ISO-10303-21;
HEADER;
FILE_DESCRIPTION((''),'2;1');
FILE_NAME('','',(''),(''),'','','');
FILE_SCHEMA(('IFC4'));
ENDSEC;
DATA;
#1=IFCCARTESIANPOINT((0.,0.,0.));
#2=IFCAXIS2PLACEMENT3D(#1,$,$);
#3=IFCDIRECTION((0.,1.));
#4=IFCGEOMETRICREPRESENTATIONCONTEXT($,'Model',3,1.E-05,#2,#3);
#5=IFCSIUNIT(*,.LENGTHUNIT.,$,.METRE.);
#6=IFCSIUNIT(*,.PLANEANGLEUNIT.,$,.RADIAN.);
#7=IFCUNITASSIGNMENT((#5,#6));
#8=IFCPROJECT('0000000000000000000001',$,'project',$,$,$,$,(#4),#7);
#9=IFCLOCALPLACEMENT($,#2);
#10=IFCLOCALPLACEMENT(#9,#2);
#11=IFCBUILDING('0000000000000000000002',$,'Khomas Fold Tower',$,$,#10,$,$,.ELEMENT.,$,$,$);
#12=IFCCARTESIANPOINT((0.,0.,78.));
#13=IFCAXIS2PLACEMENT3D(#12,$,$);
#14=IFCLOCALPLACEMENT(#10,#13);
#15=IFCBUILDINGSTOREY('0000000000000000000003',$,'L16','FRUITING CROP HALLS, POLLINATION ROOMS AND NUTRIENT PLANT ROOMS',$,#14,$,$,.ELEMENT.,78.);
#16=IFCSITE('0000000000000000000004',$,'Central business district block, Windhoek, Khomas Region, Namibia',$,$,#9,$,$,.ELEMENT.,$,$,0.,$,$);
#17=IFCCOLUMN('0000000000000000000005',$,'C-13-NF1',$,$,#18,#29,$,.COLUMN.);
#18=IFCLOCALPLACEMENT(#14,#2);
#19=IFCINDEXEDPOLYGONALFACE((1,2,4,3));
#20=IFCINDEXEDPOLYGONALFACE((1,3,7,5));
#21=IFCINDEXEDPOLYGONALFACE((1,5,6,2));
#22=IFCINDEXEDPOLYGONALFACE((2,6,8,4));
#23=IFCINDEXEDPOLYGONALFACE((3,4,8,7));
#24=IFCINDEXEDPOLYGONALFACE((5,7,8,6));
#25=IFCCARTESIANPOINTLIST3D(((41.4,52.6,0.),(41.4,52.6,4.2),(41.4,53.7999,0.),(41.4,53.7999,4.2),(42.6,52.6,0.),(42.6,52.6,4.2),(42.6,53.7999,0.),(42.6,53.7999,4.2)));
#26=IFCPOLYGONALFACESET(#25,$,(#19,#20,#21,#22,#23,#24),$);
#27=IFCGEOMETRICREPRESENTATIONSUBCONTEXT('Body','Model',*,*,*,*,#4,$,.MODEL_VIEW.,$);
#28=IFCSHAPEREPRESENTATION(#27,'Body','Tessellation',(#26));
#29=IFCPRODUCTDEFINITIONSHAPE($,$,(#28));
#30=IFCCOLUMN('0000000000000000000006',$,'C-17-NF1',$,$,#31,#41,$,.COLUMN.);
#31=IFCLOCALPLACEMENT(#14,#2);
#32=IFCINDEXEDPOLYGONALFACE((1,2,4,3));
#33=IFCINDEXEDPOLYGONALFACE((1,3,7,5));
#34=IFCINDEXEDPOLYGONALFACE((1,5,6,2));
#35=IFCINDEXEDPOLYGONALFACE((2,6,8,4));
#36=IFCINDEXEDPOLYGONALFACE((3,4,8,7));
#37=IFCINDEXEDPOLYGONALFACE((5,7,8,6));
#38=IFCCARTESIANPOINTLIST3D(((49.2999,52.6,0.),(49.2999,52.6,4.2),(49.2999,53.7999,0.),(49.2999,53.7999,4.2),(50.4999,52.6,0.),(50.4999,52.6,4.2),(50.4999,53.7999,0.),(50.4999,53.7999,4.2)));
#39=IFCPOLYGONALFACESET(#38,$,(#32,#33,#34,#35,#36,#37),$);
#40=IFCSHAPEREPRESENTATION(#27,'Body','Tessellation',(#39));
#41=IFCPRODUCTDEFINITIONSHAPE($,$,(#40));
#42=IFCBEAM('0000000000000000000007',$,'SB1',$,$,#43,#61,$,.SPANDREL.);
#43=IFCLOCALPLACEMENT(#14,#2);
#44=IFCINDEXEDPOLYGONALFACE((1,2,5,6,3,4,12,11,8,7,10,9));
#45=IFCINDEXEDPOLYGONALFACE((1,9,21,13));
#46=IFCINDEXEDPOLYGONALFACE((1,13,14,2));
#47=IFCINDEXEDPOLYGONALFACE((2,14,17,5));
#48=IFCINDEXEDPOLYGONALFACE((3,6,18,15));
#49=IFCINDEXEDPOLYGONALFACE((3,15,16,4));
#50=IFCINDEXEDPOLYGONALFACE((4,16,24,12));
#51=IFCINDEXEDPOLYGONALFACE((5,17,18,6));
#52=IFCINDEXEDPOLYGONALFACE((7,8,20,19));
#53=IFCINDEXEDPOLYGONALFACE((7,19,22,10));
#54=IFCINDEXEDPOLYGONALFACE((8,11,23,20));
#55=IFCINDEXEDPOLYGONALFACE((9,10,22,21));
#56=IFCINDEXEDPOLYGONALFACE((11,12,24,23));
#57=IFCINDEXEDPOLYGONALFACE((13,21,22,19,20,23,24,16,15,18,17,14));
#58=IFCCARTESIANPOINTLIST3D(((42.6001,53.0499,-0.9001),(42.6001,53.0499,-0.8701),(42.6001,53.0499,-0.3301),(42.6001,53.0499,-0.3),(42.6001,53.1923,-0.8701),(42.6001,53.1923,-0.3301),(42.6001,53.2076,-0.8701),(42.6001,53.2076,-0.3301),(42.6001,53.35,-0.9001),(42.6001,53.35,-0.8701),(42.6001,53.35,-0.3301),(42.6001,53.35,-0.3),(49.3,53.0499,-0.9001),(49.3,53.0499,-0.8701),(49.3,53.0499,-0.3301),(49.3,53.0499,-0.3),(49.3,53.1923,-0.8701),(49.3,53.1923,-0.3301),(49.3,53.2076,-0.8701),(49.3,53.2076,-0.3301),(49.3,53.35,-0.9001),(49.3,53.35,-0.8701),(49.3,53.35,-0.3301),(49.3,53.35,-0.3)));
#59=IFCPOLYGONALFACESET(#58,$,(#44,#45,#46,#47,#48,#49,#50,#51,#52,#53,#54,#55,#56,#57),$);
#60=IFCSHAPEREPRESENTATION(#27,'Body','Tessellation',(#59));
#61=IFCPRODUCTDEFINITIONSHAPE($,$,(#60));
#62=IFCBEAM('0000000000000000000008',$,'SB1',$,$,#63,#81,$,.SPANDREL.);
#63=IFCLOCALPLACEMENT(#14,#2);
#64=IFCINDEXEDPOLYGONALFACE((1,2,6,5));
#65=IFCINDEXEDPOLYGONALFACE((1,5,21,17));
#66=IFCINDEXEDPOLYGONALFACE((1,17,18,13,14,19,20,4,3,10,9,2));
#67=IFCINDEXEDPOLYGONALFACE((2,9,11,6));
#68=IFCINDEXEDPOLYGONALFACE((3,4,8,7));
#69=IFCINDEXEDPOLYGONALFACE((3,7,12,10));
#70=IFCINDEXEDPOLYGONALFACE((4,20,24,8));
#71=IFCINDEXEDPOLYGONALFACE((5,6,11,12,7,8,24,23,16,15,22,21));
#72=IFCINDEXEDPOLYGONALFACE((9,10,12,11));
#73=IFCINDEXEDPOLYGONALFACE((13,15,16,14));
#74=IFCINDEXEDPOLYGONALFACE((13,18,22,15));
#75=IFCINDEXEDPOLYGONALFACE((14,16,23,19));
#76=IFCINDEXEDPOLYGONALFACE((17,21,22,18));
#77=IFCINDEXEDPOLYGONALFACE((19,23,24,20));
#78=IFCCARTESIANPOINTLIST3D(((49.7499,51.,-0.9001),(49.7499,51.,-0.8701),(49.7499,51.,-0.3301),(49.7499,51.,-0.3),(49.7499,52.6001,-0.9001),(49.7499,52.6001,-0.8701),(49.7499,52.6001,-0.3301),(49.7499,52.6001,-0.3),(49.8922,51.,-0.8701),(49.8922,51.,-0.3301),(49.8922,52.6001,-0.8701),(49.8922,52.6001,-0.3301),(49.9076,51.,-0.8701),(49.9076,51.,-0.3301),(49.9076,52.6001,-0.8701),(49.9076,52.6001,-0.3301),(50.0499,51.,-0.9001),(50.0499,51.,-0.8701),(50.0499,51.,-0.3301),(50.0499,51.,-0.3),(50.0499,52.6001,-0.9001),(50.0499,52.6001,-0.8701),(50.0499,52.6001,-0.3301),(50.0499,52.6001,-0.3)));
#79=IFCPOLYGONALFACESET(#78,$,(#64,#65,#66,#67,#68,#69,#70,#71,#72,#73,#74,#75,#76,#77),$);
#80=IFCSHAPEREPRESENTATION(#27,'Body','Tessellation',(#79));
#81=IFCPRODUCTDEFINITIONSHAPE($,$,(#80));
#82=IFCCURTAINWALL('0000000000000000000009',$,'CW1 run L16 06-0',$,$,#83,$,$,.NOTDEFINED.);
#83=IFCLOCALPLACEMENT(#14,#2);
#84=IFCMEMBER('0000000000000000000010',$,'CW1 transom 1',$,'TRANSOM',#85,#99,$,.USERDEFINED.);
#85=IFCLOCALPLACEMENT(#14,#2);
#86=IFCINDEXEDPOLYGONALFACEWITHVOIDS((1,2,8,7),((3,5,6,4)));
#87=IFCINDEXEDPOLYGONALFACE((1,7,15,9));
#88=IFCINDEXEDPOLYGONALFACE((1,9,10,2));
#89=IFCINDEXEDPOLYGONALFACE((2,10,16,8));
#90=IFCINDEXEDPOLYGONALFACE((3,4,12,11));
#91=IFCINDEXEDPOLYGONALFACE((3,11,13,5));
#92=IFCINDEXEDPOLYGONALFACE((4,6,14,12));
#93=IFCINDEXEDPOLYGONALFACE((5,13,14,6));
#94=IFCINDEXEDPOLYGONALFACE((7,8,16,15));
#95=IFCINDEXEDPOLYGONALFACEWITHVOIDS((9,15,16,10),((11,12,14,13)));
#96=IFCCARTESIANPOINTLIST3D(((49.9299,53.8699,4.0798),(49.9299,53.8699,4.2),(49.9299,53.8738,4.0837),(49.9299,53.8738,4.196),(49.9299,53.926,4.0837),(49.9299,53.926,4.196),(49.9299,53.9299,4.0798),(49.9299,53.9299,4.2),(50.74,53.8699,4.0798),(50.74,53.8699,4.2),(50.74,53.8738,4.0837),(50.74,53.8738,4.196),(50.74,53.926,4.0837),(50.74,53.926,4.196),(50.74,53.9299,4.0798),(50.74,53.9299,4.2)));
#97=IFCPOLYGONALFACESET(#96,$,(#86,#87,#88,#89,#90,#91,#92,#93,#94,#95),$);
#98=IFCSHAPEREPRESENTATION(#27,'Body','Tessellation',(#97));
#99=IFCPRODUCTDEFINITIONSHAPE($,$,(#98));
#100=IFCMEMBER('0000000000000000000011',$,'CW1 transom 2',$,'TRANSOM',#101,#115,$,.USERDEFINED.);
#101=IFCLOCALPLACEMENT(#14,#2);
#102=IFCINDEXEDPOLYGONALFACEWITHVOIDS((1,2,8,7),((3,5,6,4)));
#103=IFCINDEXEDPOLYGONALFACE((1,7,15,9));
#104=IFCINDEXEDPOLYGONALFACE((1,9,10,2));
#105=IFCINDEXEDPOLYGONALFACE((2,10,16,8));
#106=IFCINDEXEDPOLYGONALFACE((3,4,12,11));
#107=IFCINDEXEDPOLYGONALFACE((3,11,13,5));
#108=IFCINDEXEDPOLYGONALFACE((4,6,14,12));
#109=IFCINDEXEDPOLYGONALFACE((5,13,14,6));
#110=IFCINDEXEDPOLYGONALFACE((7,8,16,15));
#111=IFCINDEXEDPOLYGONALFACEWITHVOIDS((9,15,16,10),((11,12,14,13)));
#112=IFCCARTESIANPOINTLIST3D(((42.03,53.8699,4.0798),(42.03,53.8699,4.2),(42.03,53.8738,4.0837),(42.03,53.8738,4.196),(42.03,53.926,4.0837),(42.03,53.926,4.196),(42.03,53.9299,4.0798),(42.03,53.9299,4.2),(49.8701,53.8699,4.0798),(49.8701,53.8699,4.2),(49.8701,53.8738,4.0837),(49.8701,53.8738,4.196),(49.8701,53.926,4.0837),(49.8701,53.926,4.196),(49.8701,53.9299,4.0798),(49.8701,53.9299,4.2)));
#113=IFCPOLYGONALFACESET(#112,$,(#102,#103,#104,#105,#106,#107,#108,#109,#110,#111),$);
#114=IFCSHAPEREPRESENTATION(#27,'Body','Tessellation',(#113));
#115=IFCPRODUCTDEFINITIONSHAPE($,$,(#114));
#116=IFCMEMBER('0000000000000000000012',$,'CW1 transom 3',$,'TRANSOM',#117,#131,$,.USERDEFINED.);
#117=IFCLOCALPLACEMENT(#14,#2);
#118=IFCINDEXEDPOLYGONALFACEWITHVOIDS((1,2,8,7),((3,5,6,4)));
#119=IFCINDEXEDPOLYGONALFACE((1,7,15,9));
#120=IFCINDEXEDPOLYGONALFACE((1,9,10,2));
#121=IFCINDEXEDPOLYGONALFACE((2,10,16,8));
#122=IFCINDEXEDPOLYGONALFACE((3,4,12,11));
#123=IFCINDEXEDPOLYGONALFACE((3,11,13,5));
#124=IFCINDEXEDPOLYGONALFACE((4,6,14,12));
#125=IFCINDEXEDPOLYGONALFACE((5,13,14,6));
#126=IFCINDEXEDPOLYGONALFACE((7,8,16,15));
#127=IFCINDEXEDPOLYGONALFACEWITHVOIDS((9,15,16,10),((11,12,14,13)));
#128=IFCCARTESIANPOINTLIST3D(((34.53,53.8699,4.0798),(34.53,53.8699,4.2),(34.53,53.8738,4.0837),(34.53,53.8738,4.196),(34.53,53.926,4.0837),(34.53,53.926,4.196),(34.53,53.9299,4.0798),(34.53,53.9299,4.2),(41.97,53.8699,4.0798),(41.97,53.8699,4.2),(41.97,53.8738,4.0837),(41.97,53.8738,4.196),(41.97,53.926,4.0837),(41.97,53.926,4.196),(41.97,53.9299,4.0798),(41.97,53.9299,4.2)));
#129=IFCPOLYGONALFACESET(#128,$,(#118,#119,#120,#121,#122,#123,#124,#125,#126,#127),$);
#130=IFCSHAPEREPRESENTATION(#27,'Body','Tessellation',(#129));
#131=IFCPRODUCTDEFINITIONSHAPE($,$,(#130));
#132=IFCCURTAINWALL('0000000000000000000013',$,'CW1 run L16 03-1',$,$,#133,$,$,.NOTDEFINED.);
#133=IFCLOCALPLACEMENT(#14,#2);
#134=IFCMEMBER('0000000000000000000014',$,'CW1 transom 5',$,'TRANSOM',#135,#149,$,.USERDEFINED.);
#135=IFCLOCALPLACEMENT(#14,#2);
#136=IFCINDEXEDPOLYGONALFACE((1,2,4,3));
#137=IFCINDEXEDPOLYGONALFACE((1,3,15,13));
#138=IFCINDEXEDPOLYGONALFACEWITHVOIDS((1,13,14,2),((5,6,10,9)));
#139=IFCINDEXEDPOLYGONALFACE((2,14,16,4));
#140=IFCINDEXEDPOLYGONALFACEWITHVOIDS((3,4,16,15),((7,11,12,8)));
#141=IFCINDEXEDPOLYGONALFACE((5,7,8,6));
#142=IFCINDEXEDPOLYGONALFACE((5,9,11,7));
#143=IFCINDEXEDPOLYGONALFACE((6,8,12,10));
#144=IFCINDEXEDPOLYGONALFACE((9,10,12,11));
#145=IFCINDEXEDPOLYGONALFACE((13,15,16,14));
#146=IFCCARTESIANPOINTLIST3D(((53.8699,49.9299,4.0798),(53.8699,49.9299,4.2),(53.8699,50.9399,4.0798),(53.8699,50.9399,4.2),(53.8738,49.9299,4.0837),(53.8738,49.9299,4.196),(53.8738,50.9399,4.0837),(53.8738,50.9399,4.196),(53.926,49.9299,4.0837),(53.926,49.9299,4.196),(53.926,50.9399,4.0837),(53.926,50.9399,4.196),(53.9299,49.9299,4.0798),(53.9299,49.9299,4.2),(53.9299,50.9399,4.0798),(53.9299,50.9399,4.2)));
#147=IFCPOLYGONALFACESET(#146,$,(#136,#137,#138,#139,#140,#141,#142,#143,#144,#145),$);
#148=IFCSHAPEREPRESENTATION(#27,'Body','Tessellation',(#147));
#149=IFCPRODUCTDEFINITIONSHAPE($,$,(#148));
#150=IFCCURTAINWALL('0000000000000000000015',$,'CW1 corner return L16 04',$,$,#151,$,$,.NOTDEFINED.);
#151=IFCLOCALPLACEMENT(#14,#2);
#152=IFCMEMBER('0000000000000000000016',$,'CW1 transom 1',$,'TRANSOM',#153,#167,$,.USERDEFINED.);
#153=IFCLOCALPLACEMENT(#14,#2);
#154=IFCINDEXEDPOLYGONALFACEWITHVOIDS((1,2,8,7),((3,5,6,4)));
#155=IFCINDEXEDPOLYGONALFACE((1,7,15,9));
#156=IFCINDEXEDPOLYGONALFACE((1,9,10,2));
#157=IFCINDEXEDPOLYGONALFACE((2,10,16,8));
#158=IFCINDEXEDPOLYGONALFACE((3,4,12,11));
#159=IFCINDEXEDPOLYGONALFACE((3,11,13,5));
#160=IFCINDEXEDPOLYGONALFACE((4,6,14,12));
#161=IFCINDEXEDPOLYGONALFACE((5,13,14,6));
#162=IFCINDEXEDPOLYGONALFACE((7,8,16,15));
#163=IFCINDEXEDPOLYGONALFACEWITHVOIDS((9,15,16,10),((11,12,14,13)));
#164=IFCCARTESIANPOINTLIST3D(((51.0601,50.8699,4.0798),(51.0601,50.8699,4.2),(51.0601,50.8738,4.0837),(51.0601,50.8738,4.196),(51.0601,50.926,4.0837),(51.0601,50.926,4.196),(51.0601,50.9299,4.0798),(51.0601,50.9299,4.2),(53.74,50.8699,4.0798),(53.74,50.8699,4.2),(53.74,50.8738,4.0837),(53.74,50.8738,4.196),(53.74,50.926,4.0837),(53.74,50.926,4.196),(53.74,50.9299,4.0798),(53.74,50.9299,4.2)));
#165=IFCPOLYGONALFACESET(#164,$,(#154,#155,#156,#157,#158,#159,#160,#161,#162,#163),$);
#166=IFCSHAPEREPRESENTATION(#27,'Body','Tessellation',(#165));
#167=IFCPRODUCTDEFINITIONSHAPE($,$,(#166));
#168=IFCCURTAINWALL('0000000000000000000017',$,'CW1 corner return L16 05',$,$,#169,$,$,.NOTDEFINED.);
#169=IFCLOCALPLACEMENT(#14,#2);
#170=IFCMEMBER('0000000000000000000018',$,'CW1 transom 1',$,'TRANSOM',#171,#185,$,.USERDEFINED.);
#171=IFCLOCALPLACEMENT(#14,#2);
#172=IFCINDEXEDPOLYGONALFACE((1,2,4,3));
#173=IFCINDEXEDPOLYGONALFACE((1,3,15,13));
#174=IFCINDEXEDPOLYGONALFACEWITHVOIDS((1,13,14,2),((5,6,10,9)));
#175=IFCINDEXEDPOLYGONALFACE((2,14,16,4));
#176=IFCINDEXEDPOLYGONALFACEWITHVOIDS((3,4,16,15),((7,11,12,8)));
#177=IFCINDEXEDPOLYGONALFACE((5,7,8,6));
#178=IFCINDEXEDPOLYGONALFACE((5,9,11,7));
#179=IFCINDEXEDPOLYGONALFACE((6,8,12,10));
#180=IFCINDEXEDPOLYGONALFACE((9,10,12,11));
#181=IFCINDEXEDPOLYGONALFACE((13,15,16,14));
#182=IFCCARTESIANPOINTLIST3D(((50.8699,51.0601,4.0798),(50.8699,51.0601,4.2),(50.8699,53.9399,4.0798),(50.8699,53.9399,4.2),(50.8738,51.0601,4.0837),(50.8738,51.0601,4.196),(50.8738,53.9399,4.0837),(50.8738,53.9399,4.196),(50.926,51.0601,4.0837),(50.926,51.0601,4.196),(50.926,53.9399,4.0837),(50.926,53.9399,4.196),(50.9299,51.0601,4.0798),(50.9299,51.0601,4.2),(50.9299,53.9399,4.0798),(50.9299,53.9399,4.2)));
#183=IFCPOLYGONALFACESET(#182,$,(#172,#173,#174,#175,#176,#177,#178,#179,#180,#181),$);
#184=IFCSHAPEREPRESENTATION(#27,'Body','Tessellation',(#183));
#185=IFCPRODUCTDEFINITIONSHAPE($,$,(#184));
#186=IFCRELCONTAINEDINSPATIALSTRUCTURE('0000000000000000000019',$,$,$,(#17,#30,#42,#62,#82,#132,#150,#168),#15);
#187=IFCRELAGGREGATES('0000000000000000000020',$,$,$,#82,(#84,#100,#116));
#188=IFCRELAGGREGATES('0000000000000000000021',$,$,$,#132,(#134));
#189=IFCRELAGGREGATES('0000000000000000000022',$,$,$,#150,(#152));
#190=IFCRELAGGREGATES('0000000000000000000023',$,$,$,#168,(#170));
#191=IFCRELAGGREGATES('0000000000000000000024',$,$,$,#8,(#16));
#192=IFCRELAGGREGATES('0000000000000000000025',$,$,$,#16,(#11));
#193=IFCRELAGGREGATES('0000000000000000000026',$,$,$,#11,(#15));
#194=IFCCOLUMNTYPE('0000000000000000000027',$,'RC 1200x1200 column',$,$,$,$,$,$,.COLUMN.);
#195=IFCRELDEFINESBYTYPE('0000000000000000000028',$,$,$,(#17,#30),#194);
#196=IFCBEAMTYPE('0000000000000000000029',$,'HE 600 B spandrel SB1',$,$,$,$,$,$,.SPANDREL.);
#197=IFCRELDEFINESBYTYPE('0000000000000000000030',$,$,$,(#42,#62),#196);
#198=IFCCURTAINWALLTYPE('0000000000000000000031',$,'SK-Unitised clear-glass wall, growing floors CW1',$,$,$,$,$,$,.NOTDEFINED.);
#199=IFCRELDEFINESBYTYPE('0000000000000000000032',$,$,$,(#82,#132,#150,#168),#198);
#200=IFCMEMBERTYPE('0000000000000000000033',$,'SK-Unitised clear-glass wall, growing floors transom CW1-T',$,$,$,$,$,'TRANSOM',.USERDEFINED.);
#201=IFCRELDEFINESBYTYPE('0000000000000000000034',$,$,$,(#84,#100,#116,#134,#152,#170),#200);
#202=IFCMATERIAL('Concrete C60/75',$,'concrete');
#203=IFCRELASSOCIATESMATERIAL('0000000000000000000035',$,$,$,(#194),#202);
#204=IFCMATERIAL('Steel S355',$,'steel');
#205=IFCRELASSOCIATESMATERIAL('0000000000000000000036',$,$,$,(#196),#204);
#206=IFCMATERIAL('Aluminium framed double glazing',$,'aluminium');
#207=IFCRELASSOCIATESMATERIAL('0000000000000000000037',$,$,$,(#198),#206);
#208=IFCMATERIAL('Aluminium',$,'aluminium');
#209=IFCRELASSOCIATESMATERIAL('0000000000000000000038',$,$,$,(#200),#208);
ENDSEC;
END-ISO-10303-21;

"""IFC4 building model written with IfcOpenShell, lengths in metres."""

from ifc_helpers import new_model, si_unit, direction, frame, origin, origin_2d, place, context, subcontext, project, spatial, rectangle, hollow_rectangle, i_section, extrude, source, transform, mapped, material, material_profile, profile_set, type_object, element, aggregate, save


model = new_model("IFC4")

# Units and contexts
model_context = context("Model", 3, precision=1e-05, world=origin(), true_north=direction((0.0, 1.0)))
body_context = subcontext(model_context, "Body", "Model", "MODEL_VIEW")
ifc_project = project(units=[si_unit("LENGTHUNIT", "METRE"), si_unit("PLANEANGLEUNIT", "RADIAN")], contexts=[model_context])

# Site, building, storey
site_placement = place(None, origin())
site = spatial("IfcSite", under=ifc_project, at=site_placement, Name="Central business district block, Windhoek, Khomas Region, Namibia", CompositionType="ELEMENT", RefElevation=0.0)
building_placement = place(site_placement, origin())
building = spatial("IfcBuilding", under=site, at=building_placement, Name="Khomas Fold Tower", CompositionType="ELEMENT")
storey_placement = place(building_placement, frame((0.0, 0.0, 78.0)))
storey = spatial("IfcBuildingStorey", under=building, at=storey_placement, Name="L16", Description="FRUITING CROP HALLS, POLLINATION ROOMS AND NUTRIENT PLANT ROOMS", CompositionType="ELEMENT", Elevation=78.0)

# Columns
ifc_material_1 = material(Name="Concrete C60/75", Category="concrete")
ifc_material_profile_1 = material_profile(ifc_material_1, rectangle(XDim=1.2, YDim=1.2, at=origin_2d()), Name="RC 1200x1200")
ifc_profile_set_1 = profile_set([ifc_material_profile_1], Name="Concrete C60/75")
column_type = type_object("IfcColumnType", Name="RC 1200x1200 column", PredefinedType="COLUMN", material=ifc_profile_set_1)
shared_shape_1 = source(origin(), body_context, "Body", "SweptSolid", [
    extrude(rectangle(XDim=1.2, YDim=1.2, at=origin_2d()), origin(), (0.0, 0.0, 1.0), 4.2),
])
for number, where, z_axis, x_axis, name in (
    (1, (42.0, 53.2, 0.0), (0.0, 0.0, 1.0), (1.0, 0.0, 0.0), "C-13-NF1"),
    (2, (49.8999, 53.2, 0.0), (0.0, 0.0, 1.0), (1.0, 0.0, 0.0), "C-17-NF1"),
):
    element("IfcColumn", number, at=place(storey_placement, frame(where, z_axis=z_axis, x_axis=x_axis)), inside=storey, type_object=column_type, Name=name, PredefinedType="COLUMN", context=body_context, shape_type="MappedRepresentation", body=[
        mapped(shared_shape_1, transform((0.0, 0.0, 0.0))),
    ])

# Beams
ifc_material_2 = material(Name="Steel S355", Category="steel")
ifc_material_profile_2 = material_profile(ifc_material_2, i_section(OverallWidth=0.3, OverallDepth=0.6001, WebThickness=0.0154, FlangeThickness=0.03, at=origin_2d()), Name="HE 600 B")
ifc_profile_set_2 = profile_set([ifc_material_profile_2], Name="Steel S355")
beam_type = type_object("IfcBeamType", Name="HE 600 B spandrel SB1", PredefinedType="SPANDREL", material=ifc_profile_set_2)
shared_shape_2 = source(origin(), body_context, "Body", "SweptSolid", [
    extrude(i_section(OverallWidth=0.3, OverallDepth=0.6001, WebThickness=0.0154, FlangeThickness=0.03, at=origin_2d()), origin(), (0.0, 0.0, 1.0), 6.7),
])
beam_1_placement = place(storey_placement, frame((42.6001, 53.2, -0.6001), z_axis=(1.0, 0.0, 0.0), x_axis=(0.0, 1.0, 0.0)))
element("IfcBeam", 3, at=beam_1_placement, inside=storey, type_object=beam_type, Name="SB1", PredefinedType="SPANDREL", context=body_context, shape_type="MappedRepresentation", body=[
    mapped(shared_shape_2, transform((0.0, 0.0, 0.0))),
])
shared_shape_3 = source(origin(), body_context, "Body", "SweptSolid", [
    extrude(i_section(OverallWidth=0.3, OverallDepth=0.6001, WebThickness=0.0154, FlangeThickness=0.03, at=origin_2d()), origin(), (0.0, 0.0, 1.0), 1.6001),
])
beam_2_placement = place(storey_placement, frame((49.8999, 51.0, -0.6001), z_axis=(0.0, 1.0, 0.0), x_axis=(-1.0, 0.0, 0.0)))
element("IfcBeam", 4, at=beam_2_placement, inside=storey, type_object=beam_type, Name="SB1", PredefinedType="SPANDREL", context=body_context, shape_type="MappedRepresentation", body=[
    mapped(shared_shape_3, transform((0.0, 0.0, 0.0))),
])

# Curtain wall, members
ifc_material_3 = material(Name="Aluminium framed double glazing", Category="aluminium")
curtain_wall_type = type_object("IfcCurtainWallType", Name="SK-Unitised clear-glass wall, growing floors CW1", PredefinedType="NOTDEFINED", material=ifc_material_3)
curtain_wall_1_placement = place(storey_placement, origin())
curtain_wall_1 = element("IfcCurtainWall", 5, at=curtain_wall_1_placement, inside=storey, type_object=curtain_wall_type, Name="CW1 run L16 06-0", PredefinedType="NOTDEFINED")
ifc_material_4 = material(Name="Aluminium", Category="aluminium")
ifc_material_profile_3 = material_profile(ifc_material_4, hollow_rectangle(XDim=0.0601, YDim=0.1201, WallThickness=0.0039, at=origin_2d()), Name="SK-Unitised clear-glass wall, growing floors transom CW1-T")
ifc_profile_set_3 = profile_set([ifc_material_profile_3], Name="Aluminium")
member_type_1 = type_object("IfcMemberType", Name="SK-Unitised clear-glass wall, growing floors transom CW1-T", ElementType="TRANSOM", PredefinedType="USERDEFINED", material=ifc_profile_set_3)
shared_shape_4 = source(origin(), body_context, "Body", "SweptSolid", [
    extrude(hollow_rectangle(XDim=0.0601, YDim=0.1201, WallThickness=0.0039, at=origin_2d()), origin(), (0.0, 0.0, 1.0), 0.8101),
])
member_1_placement = place(storey_placement, frame((50.74, 53.8999, 4.1399), z_axis=(-1.0, 0.0, 0.0), x_axis=(0.0, -1.0, 0.0)))
member_1 = element("IfcMember", 6, at=member_1_placement, type_object=member_type_1, Name="CW1 transom 1", ObjectType="TRANSOM", PredefinedType="USERDEFINED", context=body_context, shape_type="MappedRepresentation", body=[
    mapped(shared_shape_4, transform((0.0, 0.0, 0.0))),
])
shared_shape_5 = source(origin(), body_context, "Body", "SweptSolid", [
    extrude(hollow_rectangle(XDim=0.0601, YDim=0.1201, WallThickness=0.0039, at=origin_2d()), origin(), (0.0, 0.0, 1.0), 7.8401),
])
member_2_placement = place(storey_placement, frame((49.8701, 53.8999, 4.1399), z_axis=(-1.0, 0.0, 0.0), x_axis=(0.0, -1.0, 0.0)))
member_2 = element("IfcMember", 7, at=member_2_placement, type_object=member_type_1, Name="CW1 transom 2", ObjectType="TRANSOM", PredefinedType="USERDEFINED", context=body_context, shape_type="MappedRepresentation", body=[
    mapped(shared_shape_5, transform((0.0, 0.0, 0.0))),
])
shared_shape_6 = source(origin(), body_context, "Body", "SweptSolid", [
    extrude(hollow_rectangle(XDim=0.0601, YDim=0.1201, WallThickness=0.0039, at=origin_2d()), origin(), (0.0, 0.0, 1.0), 7.4399),
])
member_3_placement = place(storey_placement, frame((41.97, 53.8999, 4.1399), z_axis=(-1.0, 0.0, 0.0), x_axis=(0.0, -1.0, 0.0)))
member_3 = element("IfcMember", 8, at=member_3_placement, type_object=member_type_1, Name="CW1 transom 3", ObjectType="TRANSOM", PredefinedType="USERDEFINED", context=body_context, shape_type="MappedRepresentation", body=[
    mapped(shared_shape_6, transform((0.0, 0.0, 0.0))),
])

# Curtain walls, members
curtain_wall_2_placement = place(storey_placement, origin())
curtain_wall_2 = element("IfcCurtainWall", 9, at=curtain_wall_2_placement, inside=storey, type_object=curtain_wall_type, Name="CW1 run L16 03-1", PredefinedType="NOTDEFINED")
shared_shape_7 = source(origin(), body_context, "Body", "SweptSolid", [
    extrude(hollow_rectangle(XDim=0.0601, YDim=0.1201, WallThickness=0.0039, at=origin_2d()), origin(), (0.0, 0.0, 1.0), 1.01),
])
member_4_placement = place(storey_placement, frame((53.8999, 49.9299, 4.1399), z_axis=(0.0, 1.0, 0.0), x_axis=(-1.0, 0.0, 0.0)))
member_4 = element("IfcMember", 10, at=member_4_placement, type_object=member_type_1, Name="CW1 transom 5", ObjectType="TRANSOM", PredefinedType="USERDEFINED", context=body_context, shape_type="MappedRepresentation", body=[
    mapped(shared_shape_7, transform((0.0, 0.0, 0.0))),
])
curtain_wall_3_placement = place(storey_placement, origin())
curtain_wall_3 = element("IfcCurtainWall", 11, at=curtain_wall_3_placement, inside=storey, type_object=curtain_wall_type, Name="CW1 corner return L16 04", PredefinedType="NOTDEFINED")
shared_shape_8 = source(origin(), body_context, "Body", "SweptSolid", [
    extrude(hollow_rectangle(XDim=0.0601, YDim=0.1201, WallThickness=0.0039, at=origin_2d()), origin(), (0.0, 0.0, 1.0), 2.6799),
])
member_5_placement = place(storey_placement, frame((53.74, 50.8999, 4.1399), z_axis=(-1.0, 0.0, 0.0), x_axis=(0.0, -1.0, 0.0)))
member_5 = element("IfcMember", 12, at=member_5_placement, type_object=member_type_1, Name="CW1 transom 1", ObjectType="TRANSOM", PredefinedType="USERDEFINED", context=body_context, shape_type="MappedRepresentation", body=[
    mapped(shared_shape_8, transform((0.0, 0.0, 0.0))),
])
curtain_wall_4_placement = place(storey_placement, origin())
curtain_wall_4 = element("IfcCurtainWall", 13, at=curtain_wall_4_placement, inside=storey, type_object=curtain_wall_type, Name="CW1 corner return L16 05", PredefinedType="NOTDEFINED")
shared_shape_9 = source(origin(), body_context, "Body", "SweptSolid", [
    extrude(hollow_rectangle(XDim=0.0601, YDim=0.1201, WallThickness=0.0039, at=origin_2d()), origin(), (0.0, 0.0, 1.0), 2.8799),
])
member_6_placement = place(storey_placement, frame((50.8999, 51.0601, 4.1399), z_axis=(0.0, 1.0, 0.0), x_axis=(-1.0, 0.0, 0.0)))
member_6 = element("IfcMember", 14, at=member_6_placement, type_object=member_type_1, Name="CW1 transom 1", ObjectType="TRANSOM", PredefinedType="USERDEFINED", context=body_context, shape_type="MappedRepresentation", body=[
    mapped(shared_shape_9, transform((0.0, 0.0, 0.0))),
])

aggregate(curtain_wall_1, [member_1, member_2, member_3])
aggregate(curtain_wall_2, [member_4])
aggregate(curtain_wall_3, [member_5])
aggregate(curtain_wall_4, [member_6])

save(model, "model.ifc")
